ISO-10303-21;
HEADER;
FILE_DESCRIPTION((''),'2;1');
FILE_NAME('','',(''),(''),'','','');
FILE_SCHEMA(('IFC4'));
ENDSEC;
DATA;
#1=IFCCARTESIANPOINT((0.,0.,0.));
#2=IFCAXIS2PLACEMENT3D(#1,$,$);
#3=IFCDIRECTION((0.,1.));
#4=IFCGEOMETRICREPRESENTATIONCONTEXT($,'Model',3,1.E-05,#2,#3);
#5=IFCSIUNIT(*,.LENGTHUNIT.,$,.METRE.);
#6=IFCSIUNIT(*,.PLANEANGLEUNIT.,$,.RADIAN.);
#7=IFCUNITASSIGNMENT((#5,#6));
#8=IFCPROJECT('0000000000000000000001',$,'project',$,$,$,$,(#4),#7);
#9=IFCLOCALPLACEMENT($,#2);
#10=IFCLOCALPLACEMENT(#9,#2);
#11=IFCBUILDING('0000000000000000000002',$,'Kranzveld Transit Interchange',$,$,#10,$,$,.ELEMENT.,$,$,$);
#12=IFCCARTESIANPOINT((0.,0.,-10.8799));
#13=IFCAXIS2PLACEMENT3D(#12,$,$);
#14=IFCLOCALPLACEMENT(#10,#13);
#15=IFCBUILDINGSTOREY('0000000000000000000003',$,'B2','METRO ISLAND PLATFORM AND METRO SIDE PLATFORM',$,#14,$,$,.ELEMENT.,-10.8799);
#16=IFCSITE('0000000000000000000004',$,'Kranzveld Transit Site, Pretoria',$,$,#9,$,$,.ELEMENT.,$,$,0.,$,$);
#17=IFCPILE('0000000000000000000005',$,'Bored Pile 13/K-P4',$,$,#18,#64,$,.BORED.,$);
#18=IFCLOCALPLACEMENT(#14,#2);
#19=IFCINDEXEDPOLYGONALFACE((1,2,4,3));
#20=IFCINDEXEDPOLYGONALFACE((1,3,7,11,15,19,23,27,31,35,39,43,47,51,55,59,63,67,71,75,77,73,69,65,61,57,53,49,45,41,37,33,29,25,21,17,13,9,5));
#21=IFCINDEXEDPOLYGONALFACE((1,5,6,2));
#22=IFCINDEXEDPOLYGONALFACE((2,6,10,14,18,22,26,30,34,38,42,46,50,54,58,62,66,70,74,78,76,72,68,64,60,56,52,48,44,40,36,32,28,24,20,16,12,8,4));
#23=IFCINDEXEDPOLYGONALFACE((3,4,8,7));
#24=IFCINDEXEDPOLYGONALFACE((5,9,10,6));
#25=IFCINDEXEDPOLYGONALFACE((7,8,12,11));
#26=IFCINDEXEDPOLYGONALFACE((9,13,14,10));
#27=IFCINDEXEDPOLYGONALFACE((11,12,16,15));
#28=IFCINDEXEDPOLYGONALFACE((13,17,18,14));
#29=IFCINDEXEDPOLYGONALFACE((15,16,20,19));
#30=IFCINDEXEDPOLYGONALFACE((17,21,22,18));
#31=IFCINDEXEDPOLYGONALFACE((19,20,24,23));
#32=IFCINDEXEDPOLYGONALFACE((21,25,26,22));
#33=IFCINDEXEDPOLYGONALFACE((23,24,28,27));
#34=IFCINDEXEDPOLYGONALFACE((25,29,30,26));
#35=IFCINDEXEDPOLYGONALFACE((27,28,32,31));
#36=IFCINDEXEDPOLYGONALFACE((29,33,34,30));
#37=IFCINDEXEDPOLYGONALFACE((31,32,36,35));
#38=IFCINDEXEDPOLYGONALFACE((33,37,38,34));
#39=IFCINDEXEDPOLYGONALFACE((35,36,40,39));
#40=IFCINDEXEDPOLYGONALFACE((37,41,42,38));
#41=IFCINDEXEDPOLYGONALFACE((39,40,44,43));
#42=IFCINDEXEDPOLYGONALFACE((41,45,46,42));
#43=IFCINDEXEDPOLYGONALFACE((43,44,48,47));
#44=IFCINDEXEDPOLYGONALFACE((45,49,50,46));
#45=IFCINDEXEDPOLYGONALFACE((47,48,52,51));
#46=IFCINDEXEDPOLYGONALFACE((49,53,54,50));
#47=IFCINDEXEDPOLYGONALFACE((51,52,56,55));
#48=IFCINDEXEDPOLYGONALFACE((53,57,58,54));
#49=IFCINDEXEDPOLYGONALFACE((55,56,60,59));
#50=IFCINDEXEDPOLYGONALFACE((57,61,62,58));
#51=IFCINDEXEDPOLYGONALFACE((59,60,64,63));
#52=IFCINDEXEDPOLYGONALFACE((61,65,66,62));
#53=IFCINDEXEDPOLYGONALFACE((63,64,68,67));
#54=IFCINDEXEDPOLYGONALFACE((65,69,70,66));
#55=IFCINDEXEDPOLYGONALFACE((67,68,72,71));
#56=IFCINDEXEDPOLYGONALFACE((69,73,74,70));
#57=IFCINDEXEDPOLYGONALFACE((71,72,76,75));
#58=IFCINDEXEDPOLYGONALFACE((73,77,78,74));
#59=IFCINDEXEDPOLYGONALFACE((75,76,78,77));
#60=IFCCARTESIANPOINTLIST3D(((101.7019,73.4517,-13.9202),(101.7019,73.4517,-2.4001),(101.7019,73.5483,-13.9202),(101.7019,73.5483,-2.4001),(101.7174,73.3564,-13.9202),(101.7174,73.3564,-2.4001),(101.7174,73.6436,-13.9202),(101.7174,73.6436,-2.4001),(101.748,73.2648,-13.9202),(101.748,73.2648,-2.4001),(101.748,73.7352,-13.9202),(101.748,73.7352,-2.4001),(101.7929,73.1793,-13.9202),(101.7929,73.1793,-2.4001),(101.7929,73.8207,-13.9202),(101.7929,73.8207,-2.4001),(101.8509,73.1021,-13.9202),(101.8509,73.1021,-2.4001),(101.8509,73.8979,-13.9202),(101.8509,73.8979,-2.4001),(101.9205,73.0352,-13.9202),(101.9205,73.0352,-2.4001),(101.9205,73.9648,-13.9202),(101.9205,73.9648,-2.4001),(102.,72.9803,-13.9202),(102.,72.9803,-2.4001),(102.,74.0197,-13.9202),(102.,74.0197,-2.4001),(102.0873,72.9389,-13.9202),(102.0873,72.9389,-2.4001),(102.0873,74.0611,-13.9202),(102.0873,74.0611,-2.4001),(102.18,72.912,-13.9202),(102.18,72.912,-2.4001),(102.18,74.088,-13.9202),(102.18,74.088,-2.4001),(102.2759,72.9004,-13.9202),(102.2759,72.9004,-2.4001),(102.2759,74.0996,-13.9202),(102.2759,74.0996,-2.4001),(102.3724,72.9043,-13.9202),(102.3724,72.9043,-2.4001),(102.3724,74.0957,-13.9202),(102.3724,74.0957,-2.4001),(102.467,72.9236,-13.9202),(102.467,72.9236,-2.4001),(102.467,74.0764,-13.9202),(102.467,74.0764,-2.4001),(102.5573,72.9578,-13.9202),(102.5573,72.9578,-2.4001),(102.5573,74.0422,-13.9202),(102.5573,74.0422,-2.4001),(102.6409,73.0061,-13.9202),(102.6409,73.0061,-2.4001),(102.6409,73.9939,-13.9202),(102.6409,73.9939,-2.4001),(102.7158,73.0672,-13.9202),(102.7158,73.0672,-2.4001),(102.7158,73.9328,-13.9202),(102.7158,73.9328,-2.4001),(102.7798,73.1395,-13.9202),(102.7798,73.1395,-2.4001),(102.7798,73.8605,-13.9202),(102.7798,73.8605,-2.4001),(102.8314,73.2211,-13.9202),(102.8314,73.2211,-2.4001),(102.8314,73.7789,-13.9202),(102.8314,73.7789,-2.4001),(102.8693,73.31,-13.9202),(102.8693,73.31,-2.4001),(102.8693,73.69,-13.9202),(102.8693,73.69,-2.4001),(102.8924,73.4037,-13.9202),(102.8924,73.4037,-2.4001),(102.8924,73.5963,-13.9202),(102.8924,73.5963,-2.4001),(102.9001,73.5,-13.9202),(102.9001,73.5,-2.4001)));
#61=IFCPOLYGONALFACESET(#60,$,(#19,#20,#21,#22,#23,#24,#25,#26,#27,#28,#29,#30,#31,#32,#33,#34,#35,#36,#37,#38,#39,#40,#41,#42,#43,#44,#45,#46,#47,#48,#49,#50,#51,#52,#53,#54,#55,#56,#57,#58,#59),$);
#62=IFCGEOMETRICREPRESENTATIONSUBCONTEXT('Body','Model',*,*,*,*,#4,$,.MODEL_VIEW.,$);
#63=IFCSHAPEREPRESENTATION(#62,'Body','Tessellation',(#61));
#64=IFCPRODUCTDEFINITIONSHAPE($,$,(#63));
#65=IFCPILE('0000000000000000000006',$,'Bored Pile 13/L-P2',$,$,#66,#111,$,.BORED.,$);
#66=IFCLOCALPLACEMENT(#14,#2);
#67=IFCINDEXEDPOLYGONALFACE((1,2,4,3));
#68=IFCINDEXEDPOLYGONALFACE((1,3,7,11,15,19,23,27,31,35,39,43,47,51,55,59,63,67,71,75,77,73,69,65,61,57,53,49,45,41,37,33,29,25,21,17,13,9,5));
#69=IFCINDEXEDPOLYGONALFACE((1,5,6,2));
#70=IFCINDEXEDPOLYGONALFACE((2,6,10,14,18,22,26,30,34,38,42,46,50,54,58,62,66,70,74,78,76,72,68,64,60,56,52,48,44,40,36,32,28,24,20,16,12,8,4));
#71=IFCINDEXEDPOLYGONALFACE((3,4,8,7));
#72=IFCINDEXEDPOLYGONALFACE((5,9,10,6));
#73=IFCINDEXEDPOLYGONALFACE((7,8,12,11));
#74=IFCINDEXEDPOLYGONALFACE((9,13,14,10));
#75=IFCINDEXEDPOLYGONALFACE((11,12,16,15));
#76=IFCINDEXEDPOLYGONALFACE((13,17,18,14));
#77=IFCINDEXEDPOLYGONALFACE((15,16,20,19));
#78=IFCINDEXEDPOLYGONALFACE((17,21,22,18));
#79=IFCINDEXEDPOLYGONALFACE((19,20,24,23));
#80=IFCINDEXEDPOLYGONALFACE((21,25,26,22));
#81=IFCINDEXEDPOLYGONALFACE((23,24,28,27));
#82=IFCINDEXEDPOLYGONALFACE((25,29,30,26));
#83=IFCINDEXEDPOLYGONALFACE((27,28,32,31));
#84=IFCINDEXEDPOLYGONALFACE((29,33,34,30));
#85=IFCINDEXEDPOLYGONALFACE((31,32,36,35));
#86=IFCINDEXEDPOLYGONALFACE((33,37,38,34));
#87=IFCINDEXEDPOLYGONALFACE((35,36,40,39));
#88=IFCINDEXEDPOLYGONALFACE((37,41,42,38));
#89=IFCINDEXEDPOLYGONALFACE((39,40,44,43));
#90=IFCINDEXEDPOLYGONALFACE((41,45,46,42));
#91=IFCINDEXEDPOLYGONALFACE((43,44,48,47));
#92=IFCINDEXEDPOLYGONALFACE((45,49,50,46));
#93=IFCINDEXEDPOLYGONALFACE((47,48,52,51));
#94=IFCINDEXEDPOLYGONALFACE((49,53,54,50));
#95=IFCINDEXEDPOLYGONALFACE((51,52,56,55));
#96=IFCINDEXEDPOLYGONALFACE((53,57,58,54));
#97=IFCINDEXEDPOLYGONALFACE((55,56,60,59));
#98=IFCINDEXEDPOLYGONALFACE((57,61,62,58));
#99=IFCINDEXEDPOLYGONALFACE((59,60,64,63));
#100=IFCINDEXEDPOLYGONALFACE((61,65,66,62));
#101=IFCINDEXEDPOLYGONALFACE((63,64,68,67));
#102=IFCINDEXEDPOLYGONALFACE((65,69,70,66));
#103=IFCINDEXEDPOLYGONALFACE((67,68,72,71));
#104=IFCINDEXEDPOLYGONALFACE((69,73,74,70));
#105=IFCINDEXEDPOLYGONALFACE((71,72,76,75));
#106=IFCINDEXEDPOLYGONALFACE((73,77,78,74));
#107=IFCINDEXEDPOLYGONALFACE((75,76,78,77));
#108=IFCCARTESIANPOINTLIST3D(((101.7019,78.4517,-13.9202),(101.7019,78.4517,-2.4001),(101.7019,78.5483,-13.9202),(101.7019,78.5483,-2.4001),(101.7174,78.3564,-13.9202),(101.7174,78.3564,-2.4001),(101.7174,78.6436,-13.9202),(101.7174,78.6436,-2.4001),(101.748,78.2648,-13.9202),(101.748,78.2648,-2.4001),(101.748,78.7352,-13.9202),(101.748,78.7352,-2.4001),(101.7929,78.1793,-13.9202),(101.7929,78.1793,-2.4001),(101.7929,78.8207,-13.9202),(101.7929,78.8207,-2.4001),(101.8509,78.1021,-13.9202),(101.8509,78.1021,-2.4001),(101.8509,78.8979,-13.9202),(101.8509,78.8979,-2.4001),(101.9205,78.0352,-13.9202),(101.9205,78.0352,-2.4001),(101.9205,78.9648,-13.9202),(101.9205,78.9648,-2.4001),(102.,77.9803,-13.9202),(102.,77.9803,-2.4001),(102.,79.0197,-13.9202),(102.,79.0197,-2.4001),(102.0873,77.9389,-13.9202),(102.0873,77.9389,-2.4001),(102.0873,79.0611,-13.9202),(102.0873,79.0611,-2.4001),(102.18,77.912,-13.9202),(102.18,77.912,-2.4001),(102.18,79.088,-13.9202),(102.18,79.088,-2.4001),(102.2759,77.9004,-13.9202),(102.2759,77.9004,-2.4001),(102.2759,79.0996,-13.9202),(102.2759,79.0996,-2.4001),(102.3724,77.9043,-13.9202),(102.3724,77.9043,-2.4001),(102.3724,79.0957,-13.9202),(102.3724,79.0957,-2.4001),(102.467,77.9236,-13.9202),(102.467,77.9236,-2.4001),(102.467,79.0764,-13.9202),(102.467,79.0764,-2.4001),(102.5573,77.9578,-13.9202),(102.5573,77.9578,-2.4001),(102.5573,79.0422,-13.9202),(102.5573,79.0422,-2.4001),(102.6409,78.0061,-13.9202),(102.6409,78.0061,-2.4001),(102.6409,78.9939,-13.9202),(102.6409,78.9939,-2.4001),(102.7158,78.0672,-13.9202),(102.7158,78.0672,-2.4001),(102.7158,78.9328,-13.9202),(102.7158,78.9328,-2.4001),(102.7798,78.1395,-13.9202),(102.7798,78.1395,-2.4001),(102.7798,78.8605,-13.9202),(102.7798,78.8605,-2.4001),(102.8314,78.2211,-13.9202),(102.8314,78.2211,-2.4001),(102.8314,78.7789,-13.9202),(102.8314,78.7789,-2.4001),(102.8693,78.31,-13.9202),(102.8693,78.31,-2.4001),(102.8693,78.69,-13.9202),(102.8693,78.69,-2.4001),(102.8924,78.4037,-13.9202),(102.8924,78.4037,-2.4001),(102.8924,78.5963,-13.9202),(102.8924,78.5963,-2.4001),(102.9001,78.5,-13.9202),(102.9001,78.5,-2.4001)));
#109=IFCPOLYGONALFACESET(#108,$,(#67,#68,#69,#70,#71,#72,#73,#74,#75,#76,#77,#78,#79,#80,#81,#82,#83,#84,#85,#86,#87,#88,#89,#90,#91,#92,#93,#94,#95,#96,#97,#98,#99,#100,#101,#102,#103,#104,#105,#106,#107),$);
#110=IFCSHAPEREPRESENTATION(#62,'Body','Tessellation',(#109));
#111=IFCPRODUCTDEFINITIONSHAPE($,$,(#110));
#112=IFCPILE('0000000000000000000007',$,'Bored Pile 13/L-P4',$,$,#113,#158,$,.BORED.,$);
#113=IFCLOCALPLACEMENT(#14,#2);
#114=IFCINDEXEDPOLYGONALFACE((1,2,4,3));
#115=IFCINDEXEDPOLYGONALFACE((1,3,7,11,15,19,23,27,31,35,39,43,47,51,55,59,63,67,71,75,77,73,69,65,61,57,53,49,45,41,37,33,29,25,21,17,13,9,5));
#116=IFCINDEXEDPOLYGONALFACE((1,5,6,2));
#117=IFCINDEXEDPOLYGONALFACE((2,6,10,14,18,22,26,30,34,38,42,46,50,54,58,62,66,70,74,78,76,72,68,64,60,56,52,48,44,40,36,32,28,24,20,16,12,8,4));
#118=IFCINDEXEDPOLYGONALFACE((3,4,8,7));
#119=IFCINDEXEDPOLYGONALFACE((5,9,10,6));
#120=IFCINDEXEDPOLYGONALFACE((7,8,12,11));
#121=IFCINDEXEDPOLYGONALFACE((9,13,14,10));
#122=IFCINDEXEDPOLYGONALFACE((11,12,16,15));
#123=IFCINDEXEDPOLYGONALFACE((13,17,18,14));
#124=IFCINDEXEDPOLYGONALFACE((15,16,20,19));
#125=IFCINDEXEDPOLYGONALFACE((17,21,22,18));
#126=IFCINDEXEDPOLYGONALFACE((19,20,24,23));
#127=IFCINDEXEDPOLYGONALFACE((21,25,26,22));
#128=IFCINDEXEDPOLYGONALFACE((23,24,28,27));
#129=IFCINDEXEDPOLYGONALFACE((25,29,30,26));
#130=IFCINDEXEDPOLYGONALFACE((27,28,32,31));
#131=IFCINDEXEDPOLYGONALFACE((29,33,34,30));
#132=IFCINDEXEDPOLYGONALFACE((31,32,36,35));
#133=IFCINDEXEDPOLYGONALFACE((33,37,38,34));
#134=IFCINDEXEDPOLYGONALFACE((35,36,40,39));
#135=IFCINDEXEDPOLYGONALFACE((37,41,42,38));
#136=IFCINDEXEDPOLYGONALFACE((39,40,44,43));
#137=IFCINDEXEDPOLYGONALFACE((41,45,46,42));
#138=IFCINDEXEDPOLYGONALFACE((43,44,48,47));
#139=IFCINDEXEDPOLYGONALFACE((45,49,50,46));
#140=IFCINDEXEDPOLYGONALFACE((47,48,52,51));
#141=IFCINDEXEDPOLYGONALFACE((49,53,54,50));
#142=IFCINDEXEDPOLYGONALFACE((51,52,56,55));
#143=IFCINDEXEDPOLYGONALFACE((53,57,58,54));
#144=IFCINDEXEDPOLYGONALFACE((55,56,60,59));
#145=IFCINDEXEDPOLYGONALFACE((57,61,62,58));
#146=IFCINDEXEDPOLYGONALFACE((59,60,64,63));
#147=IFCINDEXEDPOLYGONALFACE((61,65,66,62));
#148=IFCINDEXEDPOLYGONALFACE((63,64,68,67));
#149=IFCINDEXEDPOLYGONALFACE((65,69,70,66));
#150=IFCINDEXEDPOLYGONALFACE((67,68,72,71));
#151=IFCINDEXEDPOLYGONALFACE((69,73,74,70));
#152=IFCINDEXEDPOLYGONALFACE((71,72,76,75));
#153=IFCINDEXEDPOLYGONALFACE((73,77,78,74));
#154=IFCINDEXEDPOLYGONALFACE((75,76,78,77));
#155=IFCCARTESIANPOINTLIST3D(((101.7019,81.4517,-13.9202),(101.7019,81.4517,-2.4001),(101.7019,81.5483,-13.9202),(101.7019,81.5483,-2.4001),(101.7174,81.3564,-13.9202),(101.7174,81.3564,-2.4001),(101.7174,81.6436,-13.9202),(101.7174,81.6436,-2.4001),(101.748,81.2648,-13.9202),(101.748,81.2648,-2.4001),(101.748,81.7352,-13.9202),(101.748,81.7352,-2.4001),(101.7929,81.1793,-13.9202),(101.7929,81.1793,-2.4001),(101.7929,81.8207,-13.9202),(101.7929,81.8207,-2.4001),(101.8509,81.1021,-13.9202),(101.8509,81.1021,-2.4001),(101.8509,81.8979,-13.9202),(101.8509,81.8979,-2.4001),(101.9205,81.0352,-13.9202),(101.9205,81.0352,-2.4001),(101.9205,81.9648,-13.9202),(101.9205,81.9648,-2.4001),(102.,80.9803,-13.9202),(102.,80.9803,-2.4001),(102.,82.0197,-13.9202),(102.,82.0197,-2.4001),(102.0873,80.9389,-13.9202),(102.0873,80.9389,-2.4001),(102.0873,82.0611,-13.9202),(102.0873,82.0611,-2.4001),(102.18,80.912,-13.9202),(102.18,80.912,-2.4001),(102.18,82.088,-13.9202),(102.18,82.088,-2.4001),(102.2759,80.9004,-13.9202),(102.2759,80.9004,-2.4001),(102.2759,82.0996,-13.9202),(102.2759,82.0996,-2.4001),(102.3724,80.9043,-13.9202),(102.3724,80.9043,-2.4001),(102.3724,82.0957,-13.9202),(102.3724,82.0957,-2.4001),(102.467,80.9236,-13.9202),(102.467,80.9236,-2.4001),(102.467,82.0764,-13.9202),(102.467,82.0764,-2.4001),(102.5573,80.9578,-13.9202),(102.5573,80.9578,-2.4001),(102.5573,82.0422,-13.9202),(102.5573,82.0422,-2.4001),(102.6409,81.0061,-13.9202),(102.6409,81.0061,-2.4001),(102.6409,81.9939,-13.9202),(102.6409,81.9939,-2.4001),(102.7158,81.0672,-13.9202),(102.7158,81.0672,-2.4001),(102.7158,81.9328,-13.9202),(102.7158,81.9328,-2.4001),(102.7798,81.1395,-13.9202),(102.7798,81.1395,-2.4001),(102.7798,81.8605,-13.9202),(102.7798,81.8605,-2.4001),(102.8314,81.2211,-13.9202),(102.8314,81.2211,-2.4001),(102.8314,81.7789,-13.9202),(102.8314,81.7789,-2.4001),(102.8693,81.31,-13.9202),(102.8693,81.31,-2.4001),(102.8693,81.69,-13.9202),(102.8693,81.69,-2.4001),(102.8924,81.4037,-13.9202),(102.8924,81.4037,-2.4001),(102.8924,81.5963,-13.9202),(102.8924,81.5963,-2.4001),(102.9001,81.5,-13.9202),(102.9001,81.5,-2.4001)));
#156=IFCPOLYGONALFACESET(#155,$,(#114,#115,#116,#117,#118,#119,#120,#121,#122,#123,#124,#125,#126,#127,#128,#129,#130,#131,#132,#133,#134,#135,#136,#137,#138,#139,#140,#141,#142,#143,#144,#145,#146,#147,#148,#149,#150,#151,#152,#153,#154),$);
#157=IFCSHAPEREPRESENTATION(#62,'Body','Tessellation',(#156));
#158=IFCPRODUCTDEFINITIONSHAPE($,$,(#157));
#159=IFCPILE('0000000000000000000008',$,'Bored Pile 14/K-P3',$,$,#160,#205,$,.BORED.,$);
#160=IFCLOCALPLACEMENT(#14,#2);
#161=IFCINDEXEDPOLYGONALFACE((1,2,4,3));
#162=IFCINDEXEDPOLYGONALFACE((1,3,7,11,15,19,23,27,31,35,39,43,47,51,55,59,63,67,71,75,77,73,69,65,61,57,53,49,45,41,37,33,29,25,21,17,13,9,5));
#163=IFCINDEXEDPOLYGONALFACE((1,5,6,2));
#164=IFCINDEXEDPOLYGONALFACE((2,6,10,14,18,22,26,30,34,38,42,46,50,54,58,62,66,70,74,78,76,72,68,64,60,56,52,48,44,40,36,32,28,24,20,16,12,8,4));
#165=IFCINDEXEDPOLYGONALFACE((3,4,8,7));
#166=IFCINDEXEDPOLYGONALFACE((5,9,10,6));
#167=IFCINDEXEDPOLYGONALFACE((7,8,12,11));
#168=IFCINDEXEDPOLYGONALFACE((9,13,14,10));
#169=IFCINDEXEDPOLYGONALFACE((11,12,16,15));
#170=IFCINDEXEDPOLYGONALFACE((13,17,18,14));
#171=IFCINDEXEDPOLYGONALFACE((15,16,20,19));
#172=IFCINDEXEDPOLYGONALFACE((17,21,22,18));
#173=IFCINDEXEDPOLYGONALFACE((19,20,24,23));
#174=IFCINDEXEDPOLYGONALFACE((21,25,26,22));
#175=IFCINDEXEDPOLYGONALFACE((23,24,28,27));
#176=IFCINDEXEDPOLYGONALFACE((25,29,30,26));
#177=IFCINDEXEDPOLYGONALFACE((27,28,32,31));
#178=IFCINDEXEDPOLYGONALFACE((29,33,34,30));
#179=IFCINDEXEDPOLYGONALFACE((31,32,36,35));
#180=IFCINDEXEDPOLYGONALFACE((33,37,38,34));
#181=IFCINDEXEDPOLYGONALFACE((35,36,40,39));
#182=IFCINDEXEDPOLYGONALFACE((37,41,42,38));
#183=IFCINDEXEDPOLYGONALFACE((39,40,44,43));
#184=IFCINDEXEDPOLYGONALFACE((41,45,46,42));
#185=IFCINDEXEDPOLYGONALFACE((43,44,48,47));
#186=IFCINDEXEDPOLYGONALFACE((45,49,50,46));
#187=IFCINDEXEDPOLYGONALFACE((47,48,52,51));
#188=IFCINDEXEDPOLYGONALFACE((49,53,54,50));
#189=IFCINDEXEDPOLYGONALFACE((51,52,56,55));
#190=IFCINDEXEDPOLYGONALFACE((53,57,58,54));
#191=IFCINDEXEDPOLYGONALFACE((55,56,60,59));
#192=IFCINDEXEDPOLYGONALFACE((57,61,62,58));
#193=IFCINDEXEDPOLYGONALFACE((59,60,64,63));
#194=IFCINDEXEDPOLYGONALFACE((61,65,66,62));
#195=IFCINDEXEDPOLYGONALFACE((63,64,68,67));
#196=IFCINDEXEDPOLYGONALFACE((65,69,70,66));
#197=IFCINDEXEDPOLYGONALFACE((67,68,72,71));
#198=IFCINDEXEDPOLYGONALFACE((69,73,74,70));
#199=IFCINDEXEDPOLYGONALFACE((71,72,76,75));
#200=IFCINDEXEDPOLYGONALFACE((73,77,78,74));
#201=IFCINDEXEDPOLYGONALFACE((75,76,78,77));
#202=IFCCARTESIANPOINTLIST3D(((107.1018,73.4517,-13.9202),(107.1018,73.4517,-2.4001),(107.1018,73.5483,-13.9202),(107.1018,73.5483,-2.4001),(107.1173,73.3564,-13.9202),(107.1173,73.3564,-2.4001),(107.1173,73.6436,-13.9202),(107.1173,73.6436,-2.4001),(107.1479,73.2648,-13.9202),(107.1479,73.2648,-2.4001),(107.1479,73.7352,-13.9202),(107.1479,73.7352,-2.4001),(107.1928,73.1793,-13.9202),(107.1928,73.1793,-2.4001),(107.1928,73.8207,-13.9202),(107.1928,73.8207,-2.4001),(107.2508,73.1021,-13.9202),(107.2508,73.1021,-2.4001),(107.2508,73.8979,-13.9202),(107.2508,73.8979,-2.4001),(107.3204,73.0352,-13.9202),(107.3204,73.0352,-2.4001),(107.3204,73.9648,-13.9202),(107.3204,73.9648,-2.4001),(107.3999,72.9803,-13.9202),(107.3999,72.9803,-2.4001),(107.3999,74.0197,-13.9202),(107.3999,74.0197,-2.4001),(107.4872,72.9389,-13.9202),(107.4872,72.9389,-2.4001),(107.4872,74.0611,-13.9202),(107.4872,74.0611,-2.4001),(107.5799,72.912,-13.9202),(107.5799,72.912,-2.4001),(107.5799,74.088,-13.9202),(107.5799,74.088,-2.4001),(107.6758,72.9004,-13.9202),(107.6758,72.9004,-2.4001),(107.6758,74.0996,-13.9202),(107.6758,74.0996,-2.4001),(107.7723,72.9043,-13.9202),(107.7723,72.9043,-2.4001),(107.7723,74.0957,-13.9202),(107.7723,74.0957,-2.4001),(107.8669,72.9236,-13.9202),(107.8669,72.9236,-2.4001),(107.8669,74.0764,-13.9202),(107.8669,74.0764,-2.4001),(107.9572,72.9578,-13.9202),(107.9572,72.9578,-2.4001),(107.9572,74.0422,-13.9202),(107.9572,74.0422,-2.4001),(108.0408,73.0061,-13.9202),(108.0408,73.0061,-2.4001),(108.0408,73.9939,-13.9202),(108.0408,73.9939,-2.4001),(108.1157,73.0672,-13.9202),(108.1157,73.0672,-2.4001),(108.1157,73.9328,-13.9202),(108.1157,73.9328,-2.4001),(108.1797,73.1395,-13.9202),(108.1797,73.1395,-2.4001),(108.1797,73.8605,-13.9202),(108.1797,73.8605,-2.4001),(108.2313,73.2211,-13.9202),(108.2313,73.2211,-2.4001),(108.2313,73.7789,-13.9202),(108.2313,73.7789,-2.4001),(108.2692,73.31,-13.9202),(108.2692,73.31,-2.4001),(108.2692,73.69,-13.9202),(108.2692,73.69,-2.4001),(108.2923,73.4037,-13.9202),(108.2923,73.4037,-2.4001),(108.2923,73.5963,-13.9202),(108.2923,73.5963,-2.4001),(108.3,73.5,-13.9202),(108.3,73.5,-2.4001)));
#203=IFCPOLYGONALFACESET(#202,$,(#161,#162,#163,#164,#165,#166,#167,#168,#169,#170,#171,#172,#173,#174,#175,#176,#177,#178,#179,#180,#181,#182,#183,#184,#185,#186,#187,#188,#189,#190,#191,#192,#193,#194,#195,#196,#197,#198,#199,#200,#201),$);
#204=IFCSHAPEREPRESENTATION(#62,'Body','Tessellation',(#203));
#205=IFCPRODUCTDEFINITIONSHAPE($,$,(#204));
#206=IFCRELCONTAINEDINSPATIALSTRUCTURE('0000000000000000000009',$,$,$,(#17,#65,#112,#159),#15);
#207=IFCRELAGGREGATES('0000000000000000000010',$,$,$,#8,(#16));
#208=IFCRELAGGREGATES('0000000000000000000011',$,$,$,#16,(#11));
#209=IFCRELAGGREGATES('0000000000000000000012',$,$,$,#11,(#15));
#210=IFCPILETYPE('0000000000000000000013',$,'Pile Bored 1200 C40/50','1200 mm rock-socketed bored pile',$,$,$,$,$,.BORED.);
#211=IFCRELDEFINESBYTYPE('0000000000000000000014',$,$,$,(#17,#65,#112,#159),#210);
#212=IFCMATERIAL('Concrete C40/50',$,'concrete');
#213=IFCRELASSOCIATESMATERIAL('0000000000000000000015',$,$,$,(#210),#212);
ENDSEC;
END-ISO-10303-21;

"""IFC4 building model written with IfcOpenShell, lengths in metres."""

from ifc_helpers import new_model, si_unit, direction, frame, origin, origin_2d, place, context, subcontext, project, spatial, circle, extrude, material, material_profile, profile_set, type_object, element, save


model = new_model("IFC4")

# Units and contexts
model_context = context("Model", 3, precision=1e-05, world=origin(), true_north=direction((0.0, 1.0)))
body_context = subcontext(model_context, "Body", "Model", "MODEL_VIEW")
ifc_project = project(units=[si_unit("LENGTHUNIT", "METRE"), si_unit("PLANEANGLEUNIT", "RADIAN")], contexts=[model_context])

# Site, building, storey
site_placement = place(None, origin())
site = spatial("IfcSite", under=ifc_project, at=site_placement, Name="Kranzveld Transit Site, Pretoria", CompositionType="ELEMENT", RefElevation=0.0)
building_placement = place(site_placement, origin())
building = spatial("IfcBuilding", under=site, at=building_placement, Name="Kranzveld Transit Interchange", CompositionType="ELEMENT")
storey_placement = place(building_placement, frame((0.0, 0.0, -10.8799)))
storey = spatial("IfcBuildingStorey", under=building, at=storey_placement, Name="B2", Description="METRO ISLAND PLATFORM AND METRO SIDE PLATFORM", CompositionType="ELEMENT", Elevation=-10.8799)

# Piles
ifc_material_1 = material(Name="Concrete C40/50", Category="concrete")
ifc_material_profile_1 = material_profile(ifc_material_1, circle(Radius=0.6001, at=origin_2d()), Name="BORED PILE 1200")
ifc_profile_set_1 = profile_set([ifc_material_profile_1], Name="Concrete C40/50")
pile_type = type_object("IfcPileType", Name="Pile Bored 1200 C40/50", Description="1200 mm rock-socketed bored pile", PredefinedType="BORED", material=ifc_profile_set_1)
for number, where, z_axis, x_axis, name in (
    (1, (102.3, 73.5, -2.4001), (0.0, 0.0, -1.0), (1.0, 0.0, 0.0), "Bored Pile 13/K-P4"),
    (2, (102.3, 78.5, -2.4001), (0.0, 0.0, -1.0), (1.0, 0.0, 0.0), "Bored Pile 13/L-P2"),
    (3, (102.3, 81.5, -2.4001), (0.0, 0.0, -1.0), (1.0, 0.0, 0.0), "Bored Pile 13/L-P4"),
    (4, (107.7, 73.5, -2.4001), (0.0, 0.0, -1.0), (1.0, 0.0, 0.0), "Bored Pile 14/K-P3"),
):
    element("IfcPile", number, at=place(storey_placement, frame(where, z_axis=z_axis, x_axis=x_axis)), inside=storey, type_object=pile_type, Name=name, PredefinedType="BORED", context=body_context, shape_type="SweptSolid", body=[
        extrude(circle(Radius=0.6001, at=origin_2d()), origin(), (0.0, 0.0, 1.0), 11.52),
    ])

save(model, "model.ifc")
